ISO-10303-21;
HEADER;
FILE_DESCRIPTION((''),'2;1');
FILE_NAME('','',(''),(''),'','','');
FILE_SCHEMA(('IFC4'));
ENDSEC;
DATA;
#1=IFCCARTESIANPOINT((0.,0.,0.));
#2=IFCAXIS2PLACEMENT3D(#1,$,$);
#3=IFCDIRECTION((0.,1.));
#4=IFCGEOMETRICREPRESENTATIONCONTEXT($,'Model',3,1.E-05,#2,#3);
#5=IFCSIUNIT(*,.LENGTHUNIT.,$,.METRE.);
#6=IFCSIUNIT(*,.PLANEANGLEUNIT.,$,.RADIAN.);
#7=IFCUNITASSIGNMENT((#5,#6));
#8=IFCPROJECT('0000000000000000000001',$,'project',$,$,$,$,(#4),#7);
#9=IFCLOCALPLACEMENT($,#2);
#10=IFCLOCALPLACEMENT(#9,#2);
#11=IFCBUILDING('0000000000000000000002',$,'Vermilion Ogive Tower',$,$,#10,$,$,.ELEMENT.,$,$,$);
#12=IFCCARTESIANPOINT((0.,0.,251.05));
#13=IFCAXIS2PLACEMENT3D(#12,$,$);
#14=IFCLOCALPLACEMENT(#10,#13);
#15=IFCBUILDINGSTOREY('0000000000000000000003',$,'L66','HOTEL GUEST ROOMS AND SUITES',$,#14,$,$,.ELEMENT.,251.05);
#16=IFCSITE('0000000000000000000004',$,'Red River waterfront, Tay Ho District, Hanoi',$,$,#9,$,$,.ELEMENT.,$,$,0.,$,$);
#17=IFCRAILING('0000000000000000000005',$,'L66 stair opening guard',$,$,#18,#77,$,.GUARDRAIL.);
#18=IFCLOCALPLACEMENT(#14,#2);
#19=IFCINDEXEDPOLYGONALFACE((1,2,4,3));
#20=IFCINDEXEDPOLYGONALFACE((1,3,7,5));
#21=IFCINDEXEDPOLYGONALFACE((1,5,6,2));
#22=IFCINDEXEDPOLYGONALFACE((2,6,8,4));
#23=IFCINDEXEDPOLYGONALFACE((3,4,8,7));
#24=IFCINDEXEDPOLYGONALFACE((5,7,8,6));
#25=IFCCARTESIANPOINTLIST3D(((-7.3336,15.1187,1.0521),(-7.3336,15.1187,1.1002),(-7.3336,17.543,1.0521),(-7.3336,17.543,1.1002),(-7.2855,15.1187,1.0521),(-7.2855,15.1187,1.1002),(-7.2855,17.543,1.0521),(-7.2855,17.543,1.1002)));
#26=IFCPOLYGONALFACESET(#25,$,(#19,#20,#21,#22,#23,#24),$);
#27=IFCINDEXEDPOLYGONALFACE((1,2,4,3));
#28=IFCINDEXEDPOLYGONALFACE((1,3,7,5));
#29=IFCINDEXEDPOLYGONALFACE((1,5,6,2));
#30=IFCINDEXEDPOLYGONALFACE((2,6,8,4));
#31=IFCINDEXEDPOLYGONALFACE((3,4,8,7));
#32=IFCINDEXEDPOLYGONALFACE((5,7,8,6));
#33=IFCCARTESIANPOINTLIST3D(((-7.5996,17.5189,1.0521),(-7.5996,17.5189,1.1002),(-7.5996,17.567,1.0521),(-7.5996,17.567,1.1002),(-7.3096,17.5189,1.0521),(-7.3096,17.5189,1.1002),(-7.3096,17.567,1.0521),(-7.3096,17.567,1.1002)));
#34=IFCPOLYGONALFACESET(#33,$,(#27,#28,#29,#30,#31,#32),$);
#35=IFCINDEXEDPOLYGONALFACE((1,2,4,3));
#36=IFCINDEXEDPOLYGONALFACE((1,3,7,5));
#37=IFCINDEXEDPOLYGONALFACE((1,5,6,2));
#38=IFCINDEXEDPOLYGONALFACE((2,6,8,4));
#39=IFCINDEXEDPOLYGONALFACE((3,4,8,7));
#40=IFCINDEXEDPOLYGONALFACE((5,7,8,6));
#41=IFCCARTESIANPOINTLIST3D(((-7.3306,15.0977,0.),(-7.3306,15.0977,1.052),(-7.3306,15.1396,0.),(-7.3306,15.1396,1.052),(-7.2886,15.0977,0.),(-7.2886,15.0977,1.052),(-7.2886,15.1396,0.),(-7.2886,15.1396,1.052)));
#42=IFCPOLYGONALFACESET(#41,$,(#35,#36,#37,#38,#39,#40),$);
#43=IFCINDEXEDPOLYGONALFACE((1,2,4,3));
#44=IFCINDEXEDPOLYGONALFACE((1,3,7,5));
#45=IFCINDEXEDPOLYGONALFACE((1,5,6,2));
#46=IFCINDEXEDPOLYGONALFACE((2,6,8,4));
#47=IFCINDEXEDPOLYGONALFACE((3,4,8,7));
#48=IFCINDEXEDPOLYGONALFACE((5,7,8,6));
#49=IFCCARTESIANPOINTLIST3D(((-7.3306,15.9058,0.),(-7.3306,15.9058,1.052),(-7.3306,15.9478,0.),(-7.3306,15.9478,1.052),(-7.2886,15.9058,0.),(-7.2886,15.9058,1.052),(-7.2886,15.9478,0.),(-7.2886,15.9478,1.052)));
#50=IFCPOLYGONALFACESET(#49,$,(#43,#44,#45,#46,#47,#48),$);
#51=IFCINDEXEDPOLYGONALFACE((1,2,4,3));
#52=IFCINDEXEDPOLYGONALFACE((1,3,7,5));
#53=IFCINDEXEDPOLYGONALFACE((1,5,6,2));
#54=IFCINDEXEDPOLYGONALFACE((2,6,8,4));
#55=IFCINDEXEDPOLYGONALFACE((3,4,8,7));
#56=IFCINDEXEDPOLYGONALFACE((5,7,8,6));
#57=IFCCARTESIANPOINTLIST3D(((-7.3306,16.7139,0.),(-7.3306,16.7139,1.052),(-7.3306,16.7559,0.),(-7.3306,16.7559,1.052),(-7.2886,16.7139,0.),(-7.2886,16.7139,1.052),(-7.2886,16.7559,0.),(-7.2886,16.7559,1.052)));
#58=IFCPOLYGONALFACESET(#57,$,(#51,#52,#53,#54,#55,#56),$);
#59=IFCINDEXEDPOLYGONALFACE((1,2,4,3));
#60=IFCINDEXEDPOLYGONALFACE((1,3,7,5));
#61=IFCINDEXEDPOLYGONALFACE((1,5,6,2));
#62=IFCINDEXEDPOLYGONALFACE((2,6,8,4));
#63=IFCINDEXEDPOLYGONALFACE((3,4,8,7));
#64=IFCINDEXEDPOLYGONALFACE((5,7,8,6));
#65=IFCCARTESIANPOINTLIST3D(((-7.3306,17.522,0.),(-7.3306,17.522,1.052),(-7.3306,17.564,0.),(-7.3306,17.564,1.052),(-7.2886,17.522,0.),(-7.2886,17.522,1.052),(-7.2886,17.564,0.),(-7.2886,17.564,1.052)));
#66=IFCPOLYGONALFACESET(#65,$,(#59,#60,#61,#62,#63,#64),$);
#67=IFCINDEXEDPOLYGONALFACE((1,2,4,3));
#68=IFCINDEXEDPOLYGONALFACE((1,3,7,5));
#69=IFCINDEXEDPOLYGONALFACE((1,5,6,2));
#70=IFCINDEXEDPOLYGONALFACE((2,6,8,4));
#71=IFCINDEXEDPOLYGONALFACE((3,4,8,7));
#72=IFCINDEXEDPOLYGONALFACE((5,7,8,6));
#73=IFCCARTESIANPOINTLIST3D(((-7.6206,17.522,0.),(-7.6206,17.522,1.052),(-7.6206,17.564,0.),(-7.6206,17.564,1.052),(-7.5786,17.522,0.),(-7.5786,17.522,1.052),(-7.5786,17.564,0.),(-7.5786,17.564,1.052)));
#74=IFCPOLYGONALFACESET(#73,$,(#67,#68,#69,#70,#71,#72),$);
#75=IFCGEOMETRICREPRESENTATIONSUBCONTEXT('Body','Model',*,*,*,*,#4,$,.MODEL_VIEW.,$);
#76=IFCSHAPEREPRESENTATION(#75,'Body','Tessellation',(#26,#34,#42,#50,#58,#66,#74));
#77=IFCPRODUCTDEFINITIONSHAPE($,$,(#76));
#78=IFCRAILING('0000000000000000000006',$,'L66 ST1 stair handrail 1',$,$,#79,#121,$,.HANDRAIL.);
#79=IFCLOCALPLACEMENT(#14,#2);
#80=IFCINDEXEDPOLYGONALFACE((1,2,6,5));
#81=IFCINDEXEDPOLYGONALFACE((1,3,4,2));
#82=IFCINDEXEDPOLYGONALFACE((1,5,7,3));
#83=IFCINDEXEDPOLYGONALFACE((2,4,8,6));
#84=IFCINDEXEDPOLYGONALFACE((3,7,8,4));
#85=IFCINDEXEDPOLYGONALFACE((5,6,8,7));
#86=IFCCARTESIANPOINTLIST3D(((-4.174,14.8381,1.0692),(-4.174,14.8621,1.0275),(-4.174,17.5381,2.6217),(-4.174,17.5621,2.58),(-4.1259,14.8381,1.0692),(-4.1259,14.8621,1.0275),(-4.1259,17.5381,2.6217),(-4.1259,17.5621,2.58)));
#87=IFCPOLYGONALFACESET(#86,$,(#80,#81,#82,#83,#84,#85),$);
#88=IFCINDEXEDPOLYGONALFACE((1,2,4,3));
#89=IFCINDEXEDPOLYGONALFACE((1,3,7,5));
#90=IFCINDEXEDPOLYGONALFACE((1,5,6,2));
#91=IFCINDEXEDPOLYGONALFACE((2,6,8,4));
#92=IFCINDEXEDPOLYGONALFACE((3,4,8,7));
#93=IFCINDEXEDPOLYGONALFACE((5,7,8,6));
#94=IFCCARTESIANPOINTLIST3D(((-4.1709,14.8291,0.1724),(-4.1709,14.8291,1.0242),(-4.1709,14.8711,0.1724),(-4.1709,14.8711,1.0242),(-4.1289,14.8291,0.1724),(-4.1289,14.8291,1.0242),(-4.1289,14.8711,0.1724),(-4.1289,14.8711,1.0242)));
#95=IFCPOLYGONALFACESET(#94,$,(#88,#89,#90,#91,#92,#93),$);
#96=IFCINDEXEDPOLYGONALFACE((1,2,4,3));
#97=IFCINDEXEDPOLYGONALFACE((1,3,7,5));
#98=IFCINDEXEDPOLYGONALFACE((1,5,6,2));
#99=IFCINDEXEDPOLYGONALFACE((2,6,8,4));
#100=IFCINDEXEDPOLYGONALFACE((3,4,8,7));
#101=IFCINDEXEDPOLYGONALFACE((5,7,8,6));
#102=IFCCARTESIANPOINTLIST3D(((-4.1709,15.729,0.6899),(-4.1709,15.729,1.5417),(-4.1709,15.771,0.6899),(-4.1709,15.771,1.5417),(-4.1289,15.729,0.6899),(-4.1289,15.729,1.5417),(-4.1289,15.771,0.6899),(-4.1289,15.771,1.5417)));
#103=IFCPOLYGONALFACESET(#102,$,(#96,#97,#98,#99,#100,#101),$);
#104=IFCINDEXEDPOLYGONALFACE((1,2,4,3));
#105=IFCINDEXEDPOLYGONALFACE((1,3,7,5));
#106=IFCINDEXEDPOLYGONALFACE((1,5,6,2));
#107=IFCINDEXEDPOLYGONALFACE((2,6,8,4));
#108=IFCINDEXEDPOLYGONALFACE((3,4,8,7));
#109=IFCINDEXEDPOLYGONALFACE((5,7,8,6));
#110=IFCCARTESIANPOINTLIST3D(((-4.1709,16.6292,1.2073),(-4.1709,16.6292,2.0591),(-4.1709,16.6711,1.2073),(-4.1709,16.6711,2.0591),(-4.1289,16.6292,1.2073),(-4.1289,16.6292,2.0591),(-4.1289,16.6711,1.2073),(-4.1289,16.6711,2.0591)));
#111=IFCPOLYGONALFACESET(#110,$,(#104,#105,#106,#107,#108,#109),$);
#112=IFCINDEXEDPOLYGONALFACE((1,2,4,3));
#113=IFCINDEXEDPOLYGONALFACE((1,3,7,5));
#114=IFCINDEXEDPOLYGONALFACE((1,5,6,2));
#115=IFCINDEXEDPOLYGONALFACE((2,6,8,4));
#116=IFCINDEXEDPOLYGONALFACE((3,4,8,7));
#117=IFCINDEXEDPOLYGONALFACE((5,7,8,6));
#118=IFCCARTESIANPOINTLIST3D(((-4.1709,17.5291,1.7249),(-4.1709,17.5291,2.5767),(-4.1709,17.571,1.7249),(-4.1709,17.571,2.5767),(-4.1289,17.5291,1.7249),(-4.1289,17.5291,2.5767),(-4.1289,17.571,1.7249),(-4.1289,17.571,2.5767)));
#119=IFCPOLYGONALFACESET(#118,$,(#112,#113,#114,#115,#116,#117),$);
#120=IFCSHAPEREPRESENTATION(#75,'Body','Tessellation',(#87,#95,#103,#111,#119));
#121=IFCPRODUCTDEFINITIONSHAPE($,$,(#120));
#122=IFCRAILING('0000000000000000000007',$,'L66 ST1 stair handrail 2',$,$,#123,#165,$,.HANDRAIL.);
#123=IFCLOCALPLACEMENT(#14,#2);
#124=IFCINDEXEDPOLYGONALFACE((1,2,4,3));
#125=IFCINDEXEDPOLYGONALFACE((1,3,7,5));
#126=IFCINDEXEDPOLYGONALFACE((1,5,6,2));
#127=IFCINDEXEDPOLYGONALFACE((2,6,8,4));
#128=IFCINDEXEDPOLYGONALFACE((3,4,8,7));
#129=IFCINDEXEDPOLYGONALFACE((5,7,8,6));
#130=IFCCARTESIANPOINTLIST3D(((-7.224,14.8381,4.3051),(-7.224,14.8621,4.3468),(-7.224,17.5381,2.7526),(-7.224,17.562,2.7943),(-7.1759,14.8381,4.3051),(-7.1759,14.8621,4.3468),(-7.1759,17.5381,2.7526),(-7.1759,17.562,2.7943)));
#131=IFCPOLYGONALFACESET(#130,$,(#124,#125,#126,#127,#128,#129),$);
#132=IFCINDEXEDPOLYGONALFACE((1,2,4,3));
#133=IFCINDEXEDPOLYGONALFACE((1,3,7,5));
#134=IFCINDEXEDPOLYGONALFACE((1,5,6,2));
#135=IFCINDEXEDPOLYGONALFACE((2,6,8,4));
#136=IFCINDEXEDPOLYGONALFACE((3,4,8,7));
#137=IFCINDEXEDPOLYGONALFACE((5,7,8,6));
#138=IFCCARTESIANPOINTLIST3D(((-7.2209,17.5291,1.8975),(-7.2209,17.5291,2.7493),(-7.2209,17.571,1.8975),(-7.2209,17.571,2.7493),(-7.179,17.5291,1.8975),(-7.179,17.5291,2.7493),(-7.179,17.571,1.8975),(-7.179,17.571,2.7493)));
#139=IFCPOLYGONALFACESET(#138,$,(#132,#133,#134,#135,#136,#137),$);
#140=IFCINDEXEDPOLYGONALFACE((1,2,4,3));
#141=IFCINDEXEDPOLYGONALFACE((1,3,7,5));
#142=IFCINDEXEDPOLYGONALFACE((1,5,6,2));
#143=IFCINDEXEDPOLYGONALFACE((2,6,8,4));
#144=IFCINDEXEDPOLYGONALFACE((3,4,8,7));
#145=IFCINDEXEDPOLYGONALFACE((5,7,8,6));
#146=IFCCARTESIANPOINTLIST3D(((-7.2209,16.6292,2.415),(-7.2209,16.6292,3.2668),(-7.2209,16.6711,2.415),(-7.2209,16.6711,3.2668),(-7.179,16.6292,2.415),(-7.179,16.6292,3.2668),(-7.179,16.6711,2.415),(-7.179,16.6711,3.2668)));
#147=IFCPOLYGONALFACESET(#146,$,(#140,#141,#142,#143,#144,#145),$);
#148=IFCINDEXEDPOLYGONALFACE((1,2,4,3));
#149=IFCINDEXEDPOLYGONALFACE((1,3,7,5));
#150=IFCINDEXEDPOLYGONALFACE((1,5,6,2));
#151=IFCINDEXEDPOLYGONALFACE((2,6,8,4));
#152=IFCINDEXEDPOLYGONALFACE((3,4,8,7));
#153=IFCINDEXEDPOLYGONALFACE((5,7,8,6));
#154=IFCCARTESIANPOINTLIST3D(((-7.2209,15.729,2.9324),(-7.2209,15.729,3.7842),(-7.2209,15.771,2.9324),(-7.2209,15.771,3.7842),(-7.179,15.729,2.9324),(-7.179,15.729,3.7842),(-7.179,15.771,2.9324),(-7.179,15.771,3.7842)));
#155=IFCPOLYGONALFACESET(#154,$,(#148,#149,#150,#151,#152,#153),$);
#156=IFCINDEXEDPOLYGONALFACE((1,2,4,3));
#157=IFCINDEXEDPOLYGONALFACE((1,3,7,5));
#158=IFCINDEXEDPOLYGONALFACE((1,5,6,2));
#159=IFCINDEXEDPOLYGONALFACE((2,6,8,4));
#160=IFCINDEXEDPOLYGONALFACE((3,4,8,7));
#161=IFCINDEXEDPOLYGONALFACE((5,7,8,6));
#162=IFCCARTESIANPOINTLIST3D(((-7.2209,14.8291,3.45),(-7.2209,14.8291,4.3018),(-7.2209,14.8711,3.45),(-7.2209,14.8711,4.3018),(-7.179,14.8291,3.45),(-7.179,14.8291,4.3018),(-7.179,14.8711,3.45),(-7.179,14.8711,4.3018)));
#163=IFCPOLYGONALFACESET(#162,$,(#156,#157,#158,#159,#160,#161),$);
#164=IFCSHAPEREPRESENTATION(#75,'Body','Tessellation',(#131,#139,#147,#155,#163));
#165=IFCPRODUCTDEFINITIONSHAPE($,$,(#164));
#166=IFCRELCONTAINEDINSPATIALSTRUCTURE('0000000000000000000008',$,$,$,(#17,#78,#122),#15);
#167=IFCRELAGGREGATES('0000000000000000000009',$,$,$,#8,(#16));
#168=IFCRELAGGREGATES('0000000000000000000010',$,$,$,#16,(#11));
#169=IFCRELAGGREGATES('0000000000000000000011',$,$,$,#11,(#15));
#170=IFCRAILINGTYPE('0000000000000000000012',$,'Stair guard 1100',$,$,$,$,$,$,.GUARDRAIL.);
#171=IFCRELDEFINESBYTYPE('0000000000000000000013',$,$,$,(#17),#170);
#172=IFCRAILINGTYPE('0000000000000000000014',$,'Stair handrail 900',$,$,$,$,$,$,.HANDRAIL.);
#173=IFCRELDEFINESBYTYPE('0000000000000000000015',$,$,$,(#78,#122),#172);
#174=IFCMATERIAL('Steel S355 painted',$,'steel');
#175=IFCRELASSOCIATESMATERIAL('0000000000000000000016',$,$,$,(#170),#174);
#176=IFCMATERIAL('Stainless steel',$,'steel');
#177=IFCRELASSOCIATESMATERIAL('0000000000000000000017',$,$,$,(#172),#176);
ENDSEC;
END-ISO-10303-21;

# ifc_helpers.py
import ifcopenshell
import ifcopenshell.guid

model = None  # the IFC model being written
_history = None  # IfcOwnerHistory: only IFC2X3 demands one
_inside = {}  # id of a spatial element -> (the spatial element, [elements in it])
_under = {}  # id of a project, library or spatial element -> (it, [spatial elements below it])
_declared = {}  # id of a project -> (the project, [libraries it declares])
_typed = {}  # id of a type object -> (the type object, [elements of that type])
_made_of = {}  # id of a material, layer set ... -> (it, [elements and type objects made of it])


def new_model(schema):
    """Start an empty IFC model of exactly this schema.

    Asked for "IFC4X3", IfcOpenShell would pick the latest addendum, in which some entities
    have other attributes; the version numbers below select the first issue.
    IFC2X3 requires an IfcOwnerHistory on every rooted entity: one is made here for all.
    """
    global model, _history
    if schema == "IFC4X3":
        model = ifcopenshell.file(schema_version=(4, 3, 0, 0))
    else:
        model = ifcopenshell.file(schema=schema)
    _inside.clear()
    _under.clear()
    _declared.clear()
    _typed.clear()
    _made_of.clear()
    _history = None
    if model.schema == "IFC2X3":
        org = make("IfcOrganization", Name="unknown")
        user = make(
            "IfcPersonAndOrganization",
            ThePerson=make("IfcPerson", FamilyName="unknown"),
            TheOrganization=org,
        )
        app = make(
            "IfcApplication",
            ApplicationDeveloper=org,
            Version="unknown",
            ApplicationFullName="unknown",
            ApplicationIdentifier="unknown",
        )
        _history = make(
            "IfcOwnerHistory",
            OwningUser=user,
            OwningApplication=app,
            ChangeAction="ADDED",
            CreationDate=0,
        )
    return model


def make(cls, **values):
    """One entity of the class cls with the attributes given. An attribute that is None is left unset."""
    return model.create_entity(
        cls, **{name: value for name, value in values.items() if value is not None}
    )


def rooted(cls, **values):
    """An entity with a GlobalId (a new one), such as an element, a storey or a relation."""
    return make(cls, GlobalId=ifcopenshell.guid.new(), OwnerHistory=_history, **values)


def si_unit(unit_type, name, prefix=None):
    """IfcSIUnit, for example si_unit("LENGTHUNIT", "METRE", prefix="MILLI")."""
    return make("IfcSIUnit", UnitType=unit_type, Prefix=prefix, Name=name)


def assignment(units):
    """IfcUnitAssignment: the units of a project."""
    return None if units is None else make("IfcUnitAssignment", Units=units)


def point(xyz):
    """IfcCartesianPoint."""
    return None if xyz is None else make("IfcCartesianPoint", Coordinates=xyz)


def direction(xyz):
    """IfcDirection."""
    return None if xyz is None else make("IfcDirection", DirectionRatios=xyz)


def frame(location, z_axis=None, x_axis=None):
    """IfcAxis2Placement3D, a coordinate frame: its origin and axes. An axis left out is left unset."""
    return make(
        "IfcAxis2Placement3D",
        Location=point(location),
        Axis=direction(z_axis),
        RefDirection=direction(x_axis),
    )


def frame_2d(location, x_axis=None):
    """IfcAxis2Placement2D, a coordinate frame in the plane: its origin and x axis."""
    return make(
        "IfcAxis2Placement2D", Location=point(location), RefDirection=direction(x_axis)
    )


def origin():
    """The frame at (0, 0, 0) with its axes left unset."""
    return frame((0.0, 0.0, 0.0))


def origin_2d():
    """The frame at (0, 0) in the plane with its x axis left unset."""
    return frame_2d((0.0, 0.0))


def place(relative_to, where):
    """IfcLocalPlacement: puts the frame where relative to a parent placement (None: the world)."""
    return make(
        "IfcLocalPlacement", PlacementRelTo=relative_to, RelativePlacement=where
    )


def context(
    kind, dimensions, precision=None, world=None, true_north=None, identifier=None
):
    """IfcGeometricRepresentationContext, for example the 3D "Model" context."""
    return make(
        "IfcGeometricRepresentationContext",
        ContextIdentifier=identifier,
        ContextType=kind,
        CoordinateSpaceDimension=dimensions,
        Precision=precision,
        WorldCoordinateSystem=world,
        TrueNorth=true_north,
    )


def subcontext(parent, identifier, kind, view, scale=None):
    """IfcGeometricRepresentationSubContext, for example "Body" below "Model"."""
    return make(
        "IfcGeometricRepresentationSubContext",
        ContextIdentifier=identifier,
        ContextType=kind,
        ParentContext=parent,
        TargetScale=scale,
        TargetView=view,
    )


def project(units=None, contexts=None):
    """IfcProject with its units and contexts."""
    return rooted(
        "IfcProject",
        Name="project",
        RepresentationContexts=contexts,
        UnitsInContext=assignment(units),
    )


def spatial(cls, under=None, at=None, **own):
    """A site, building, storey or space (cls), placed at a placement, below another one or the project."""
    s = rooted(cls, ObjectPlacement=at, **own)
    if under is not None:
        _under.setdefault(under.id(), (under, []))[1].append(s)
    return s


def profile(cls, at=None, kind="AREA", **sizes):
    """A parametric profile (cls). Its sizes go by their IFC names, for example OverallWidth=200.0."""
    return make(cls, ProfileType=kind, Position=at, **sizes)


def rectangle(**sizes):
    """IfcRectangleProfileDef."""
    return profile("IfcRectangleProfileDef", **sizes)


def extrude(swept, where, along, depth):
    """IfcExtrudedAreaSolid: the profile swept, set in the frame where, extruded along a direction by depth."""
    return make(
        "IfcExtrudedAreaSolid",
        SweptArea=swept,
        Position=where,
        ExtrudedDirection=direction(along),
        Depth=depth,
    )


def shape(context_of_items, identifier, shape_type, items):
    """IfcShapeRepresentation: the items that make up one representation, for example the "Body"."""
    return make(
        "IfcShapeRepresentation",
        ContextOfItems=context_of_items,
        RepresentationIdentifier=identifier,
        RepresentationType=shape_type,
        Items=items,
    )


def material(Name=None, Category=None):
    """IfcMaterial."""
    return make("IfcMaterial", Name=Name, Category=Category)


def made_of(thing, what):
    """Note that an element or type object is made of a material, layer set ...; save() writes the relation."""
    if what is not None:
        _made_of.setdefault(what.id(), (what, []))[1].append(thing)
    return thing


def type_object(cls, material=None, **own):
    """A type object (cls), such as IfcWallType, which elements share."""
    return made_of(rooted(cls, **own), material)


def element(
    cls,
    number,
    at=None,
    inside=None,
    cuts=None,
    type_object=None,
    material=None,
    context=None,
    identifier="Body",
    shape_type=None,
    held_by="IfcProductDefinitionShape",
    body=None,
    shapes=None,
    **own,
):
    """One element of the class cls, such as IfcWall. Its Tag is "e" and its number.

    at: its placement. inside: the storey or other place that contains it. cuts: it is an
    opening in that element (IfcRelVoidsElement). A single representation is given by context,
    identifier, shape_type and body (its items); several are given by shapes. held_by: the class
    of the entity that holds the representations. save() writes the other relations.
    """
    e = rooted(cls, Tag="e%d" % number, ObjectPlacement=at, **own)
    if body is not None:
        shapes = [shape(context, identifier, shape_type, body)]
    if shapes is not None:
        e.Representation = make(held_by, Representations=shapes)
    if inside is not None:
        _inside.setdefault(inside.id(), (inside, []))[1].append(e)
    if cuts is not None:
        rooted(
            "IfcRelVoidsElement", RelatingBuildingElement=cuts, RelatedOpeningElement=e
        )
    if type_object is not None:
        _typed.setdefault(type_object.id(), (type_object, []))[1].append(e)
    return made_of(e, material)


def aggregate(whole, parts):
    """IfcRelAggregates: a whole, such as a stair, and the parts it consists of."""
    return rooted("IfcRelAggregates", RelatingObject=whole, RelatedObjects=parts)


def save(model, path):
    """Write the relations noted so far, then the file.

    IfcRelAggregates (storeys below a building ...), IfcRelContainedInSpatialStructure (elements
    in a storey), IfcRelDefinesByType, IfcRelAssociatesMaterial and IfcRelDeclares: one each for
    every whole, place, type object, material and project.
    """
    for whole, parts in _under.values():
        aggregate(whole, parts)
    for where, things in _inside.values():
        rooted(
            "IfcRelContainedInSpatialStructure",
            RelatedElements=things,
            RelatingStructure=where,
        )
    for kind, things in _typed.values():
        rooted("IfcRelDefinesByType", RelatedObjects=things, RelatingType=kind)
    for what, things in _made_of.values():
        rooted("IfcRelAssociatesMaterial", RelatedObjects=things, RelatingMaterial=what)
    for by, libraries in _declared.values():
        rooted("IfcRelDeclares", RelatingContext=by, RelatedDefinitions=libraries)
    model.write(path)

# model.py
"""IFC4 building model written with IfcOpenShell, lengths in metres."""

from ifc_helpers import new_model, si_unit, direction, frame, origin, origin_2d, place, context, subcontext, project, spatial, rectangle, extrude, material, type_object, element, save


model = new_model("IFC4")

# Units and contexts
model_context = context("Model", 3, precision=1e-05, world=origin(), true_north=direction((0.0, 1.0)))
body_context = subcontext(model_context, "Body", "Model", "MODEL_VIEW")
ifc_project = project(units=[si_unit("LENGTHUNIT", "METRE"), si_unit("PLANEANGLEUNIT", "RADIAN")], contexts=[model_context])

# Site, building, storey
site_placement = place(None, origin())
site = spatial("IfcSite", under=ifc_project, at=site_placement, Name="Red River waterfront, Tay Ho District, Hanoi", CompositionType="ELEMENT", RefElevation=0.0)
building_placement = place(site_placement, origin())
building = spatial("IfcBuilding", under=site, at=building_placement, Name="Vermilion Ogive Tower", CompositionType="ELEMENT")
storey_placement = place(building_placement, frame((0.0, 0.0, 251.05)))
storey = spatial("IfcBuildingStorey", under=building, at=storey_placement, Name="L66", Description="HOTEL GUEST ROOMS AND SUITES", CompositionType="ELEMENT", Elevation=251.05)

# Railings
ifc_material_1 = material(Name="Steel S355 painted", Category="steel")
railing_type_1 = type_object("IfcRailingType", Name="Stair guard 1100", PredefinedType="GUARDRAIL", material=ifc_material_1)
railing_1_placement = place(storey_placement, frame((-7.3096, 15.1187, 0.0)))
element("IfcRailing", 1, at=railing_1_placement, inside=storey, type_object=railing_type_1, Name="L66 stair opening guard", PredefinedType="GUARDRAIL", context=body_context, shape_type="SweptSolid", body=[
    extrude(rectangle(XDim=0.0481, YDim=0.0481, at=origin_2d()), frame((0.0, 0.0, 1.0762), z_axis=(0.0, 1.0, 0.0), x_axis=(-1.0, 0.0, 0.0)), (0.0, 0.0, 1.0), 2.4243),
    extrude(rectangle(XDim=0.0481, YDim=0.0481, at=origin_2d()), frame((0.0, 2.4243, 1.0762), z_axis=(-1.0, 0.0, 0.0), x_axis=(0.0, -1.0, 0.0)), (0.0, 0.0, 1.0), 0.29),
    extrude(rectangle(XDim=0.042, YDim=0.042, at=origin_2d()), origin(), (0.0, 0.0, 1.0), 1.052),
    extrude(rectangle(XDim=0.042, YDim=0.042, at=origin_2d()), frame((0.0, 0.8081, 0.0)), (0.0, 0.0, 1.0), 1.052),
    extrude(rectangle(XDim=0.042, YDim=0.042, at=origin_2d()), frame((0.0, 1.6162, 0.0)), (0.0, 0.0, 1.0), 1.052),
    extrude(rectangle(XDim=0.042, YDim=0.042, at=origin_2d()), frame((0.0, 2.4243, 0.0)), (0.0, 0.0, 1.0), 1.052),
    extrude(rectangle(XDim=0.042, YDim=0.042, at=origin_2d()), frame((-0.29, 2.4243, 0.0)), (0.0, 0.0, 1.0), 1.052),
])
ifc_material_2 = material(Name="Stainless steel", Category="steel")
railing_type_2 = type_object("IfcRailingType", Name="Stair handrail 900", PredefinedType="HANDRAIL", material=ifc_material_2)
railing_2_placement = place(storey_placement, frame((-4.1499, 14.8501, 0.1724)))
element("IfcRailing", 2, at=railing_2_placement, inside=storey, type_object=railing_type_2, Name="L66 ST1 stair handrail 1", PredefinedType="HANDRAIL", context=body_context, shape_type="SweptSolid", body=[
    extrude(rectangle(XDim=0.0481, YDim=0.0481, at=origin_2d()), frame((0.0, 0.0, 0.876), z_axis=(0.0, 0.866904, 0.498476), x_axis=(-1.0, 0.0, 0.0)), (0.0, 0.0, 1.0), 3.1145),
    extrude(rectangle(XDim=0.042, YDim=0.042, at=origin_2d()), origin(), (0.0, 0.0, 1.0), 0.8518),
    extrude(rectangle(XDim=0.042, YDim=0.042, at=origin_2d()), frame((0.0, 0.8999, 0.5176)), (0.0, 0.0, 1.0), 0.8518),
    extrude(rectangle(XDim=0.042, YDim=0.042, at=origin_2d()), frame((0.0, 1.8, 1.0349)), (0.0, 0.0, 1.0), 0.8518),
    extrude(rectangle(XDim=0.042, YDim=0.042, at=origin_2d()), frame((0.0, 2.7, 1.5525)), (0.0, 0.0, 1.0), 0.8518),
])
railing_3_placement = place(storey_placement, frame((-7.2, 17.55, 1.8975)))
element("IfcRailing", 3, at=railing_3_placement, inside=storey, type_object=railing_type_2, Name="L66 ST1 stair handrail 2", PredefinedType="HANDRAIL", context=body_context, shape_type="SweptSolid", body=[
    extrude(rectangle(XDim=0.0481, YDim=0.0481, at=origin_2d()), frame((0.0, 0.0, 0.876), z_axis=(0.0, -0.866904, 0.498476), x_axis=(1.0, 0.0, 0.0)), (0.0, 0.0, 1.0), 3.1145),
    extrude(rectangle(XDim=0.042, YDim=0.042, at=origin_2d()), origin(), (0.0, 0.0, 1.0), 0.8518),
    extrude(rectangle(XDim=0.042, YDim=0.042, at=origin_2d()), frame((0.0, -0.8999, 0.5176)), (0.0, 0.0, 1.0), 0.8518),
    extrude(rectangle(XDim=0.042, YDim=0.042, at=origin_2d()), frame((0.0, -1.8, 1.0349)), (0.0, 0.0, 1.0), 0.8518),
    extrude(rectangle(XDim=0.042, YDim=0.042, at=origin_2d()), frame((0.0, -2.7, 1.5525)), (0.0, 0.0, 1.0), 0.8518),
])

save(model, "model.ifc")
